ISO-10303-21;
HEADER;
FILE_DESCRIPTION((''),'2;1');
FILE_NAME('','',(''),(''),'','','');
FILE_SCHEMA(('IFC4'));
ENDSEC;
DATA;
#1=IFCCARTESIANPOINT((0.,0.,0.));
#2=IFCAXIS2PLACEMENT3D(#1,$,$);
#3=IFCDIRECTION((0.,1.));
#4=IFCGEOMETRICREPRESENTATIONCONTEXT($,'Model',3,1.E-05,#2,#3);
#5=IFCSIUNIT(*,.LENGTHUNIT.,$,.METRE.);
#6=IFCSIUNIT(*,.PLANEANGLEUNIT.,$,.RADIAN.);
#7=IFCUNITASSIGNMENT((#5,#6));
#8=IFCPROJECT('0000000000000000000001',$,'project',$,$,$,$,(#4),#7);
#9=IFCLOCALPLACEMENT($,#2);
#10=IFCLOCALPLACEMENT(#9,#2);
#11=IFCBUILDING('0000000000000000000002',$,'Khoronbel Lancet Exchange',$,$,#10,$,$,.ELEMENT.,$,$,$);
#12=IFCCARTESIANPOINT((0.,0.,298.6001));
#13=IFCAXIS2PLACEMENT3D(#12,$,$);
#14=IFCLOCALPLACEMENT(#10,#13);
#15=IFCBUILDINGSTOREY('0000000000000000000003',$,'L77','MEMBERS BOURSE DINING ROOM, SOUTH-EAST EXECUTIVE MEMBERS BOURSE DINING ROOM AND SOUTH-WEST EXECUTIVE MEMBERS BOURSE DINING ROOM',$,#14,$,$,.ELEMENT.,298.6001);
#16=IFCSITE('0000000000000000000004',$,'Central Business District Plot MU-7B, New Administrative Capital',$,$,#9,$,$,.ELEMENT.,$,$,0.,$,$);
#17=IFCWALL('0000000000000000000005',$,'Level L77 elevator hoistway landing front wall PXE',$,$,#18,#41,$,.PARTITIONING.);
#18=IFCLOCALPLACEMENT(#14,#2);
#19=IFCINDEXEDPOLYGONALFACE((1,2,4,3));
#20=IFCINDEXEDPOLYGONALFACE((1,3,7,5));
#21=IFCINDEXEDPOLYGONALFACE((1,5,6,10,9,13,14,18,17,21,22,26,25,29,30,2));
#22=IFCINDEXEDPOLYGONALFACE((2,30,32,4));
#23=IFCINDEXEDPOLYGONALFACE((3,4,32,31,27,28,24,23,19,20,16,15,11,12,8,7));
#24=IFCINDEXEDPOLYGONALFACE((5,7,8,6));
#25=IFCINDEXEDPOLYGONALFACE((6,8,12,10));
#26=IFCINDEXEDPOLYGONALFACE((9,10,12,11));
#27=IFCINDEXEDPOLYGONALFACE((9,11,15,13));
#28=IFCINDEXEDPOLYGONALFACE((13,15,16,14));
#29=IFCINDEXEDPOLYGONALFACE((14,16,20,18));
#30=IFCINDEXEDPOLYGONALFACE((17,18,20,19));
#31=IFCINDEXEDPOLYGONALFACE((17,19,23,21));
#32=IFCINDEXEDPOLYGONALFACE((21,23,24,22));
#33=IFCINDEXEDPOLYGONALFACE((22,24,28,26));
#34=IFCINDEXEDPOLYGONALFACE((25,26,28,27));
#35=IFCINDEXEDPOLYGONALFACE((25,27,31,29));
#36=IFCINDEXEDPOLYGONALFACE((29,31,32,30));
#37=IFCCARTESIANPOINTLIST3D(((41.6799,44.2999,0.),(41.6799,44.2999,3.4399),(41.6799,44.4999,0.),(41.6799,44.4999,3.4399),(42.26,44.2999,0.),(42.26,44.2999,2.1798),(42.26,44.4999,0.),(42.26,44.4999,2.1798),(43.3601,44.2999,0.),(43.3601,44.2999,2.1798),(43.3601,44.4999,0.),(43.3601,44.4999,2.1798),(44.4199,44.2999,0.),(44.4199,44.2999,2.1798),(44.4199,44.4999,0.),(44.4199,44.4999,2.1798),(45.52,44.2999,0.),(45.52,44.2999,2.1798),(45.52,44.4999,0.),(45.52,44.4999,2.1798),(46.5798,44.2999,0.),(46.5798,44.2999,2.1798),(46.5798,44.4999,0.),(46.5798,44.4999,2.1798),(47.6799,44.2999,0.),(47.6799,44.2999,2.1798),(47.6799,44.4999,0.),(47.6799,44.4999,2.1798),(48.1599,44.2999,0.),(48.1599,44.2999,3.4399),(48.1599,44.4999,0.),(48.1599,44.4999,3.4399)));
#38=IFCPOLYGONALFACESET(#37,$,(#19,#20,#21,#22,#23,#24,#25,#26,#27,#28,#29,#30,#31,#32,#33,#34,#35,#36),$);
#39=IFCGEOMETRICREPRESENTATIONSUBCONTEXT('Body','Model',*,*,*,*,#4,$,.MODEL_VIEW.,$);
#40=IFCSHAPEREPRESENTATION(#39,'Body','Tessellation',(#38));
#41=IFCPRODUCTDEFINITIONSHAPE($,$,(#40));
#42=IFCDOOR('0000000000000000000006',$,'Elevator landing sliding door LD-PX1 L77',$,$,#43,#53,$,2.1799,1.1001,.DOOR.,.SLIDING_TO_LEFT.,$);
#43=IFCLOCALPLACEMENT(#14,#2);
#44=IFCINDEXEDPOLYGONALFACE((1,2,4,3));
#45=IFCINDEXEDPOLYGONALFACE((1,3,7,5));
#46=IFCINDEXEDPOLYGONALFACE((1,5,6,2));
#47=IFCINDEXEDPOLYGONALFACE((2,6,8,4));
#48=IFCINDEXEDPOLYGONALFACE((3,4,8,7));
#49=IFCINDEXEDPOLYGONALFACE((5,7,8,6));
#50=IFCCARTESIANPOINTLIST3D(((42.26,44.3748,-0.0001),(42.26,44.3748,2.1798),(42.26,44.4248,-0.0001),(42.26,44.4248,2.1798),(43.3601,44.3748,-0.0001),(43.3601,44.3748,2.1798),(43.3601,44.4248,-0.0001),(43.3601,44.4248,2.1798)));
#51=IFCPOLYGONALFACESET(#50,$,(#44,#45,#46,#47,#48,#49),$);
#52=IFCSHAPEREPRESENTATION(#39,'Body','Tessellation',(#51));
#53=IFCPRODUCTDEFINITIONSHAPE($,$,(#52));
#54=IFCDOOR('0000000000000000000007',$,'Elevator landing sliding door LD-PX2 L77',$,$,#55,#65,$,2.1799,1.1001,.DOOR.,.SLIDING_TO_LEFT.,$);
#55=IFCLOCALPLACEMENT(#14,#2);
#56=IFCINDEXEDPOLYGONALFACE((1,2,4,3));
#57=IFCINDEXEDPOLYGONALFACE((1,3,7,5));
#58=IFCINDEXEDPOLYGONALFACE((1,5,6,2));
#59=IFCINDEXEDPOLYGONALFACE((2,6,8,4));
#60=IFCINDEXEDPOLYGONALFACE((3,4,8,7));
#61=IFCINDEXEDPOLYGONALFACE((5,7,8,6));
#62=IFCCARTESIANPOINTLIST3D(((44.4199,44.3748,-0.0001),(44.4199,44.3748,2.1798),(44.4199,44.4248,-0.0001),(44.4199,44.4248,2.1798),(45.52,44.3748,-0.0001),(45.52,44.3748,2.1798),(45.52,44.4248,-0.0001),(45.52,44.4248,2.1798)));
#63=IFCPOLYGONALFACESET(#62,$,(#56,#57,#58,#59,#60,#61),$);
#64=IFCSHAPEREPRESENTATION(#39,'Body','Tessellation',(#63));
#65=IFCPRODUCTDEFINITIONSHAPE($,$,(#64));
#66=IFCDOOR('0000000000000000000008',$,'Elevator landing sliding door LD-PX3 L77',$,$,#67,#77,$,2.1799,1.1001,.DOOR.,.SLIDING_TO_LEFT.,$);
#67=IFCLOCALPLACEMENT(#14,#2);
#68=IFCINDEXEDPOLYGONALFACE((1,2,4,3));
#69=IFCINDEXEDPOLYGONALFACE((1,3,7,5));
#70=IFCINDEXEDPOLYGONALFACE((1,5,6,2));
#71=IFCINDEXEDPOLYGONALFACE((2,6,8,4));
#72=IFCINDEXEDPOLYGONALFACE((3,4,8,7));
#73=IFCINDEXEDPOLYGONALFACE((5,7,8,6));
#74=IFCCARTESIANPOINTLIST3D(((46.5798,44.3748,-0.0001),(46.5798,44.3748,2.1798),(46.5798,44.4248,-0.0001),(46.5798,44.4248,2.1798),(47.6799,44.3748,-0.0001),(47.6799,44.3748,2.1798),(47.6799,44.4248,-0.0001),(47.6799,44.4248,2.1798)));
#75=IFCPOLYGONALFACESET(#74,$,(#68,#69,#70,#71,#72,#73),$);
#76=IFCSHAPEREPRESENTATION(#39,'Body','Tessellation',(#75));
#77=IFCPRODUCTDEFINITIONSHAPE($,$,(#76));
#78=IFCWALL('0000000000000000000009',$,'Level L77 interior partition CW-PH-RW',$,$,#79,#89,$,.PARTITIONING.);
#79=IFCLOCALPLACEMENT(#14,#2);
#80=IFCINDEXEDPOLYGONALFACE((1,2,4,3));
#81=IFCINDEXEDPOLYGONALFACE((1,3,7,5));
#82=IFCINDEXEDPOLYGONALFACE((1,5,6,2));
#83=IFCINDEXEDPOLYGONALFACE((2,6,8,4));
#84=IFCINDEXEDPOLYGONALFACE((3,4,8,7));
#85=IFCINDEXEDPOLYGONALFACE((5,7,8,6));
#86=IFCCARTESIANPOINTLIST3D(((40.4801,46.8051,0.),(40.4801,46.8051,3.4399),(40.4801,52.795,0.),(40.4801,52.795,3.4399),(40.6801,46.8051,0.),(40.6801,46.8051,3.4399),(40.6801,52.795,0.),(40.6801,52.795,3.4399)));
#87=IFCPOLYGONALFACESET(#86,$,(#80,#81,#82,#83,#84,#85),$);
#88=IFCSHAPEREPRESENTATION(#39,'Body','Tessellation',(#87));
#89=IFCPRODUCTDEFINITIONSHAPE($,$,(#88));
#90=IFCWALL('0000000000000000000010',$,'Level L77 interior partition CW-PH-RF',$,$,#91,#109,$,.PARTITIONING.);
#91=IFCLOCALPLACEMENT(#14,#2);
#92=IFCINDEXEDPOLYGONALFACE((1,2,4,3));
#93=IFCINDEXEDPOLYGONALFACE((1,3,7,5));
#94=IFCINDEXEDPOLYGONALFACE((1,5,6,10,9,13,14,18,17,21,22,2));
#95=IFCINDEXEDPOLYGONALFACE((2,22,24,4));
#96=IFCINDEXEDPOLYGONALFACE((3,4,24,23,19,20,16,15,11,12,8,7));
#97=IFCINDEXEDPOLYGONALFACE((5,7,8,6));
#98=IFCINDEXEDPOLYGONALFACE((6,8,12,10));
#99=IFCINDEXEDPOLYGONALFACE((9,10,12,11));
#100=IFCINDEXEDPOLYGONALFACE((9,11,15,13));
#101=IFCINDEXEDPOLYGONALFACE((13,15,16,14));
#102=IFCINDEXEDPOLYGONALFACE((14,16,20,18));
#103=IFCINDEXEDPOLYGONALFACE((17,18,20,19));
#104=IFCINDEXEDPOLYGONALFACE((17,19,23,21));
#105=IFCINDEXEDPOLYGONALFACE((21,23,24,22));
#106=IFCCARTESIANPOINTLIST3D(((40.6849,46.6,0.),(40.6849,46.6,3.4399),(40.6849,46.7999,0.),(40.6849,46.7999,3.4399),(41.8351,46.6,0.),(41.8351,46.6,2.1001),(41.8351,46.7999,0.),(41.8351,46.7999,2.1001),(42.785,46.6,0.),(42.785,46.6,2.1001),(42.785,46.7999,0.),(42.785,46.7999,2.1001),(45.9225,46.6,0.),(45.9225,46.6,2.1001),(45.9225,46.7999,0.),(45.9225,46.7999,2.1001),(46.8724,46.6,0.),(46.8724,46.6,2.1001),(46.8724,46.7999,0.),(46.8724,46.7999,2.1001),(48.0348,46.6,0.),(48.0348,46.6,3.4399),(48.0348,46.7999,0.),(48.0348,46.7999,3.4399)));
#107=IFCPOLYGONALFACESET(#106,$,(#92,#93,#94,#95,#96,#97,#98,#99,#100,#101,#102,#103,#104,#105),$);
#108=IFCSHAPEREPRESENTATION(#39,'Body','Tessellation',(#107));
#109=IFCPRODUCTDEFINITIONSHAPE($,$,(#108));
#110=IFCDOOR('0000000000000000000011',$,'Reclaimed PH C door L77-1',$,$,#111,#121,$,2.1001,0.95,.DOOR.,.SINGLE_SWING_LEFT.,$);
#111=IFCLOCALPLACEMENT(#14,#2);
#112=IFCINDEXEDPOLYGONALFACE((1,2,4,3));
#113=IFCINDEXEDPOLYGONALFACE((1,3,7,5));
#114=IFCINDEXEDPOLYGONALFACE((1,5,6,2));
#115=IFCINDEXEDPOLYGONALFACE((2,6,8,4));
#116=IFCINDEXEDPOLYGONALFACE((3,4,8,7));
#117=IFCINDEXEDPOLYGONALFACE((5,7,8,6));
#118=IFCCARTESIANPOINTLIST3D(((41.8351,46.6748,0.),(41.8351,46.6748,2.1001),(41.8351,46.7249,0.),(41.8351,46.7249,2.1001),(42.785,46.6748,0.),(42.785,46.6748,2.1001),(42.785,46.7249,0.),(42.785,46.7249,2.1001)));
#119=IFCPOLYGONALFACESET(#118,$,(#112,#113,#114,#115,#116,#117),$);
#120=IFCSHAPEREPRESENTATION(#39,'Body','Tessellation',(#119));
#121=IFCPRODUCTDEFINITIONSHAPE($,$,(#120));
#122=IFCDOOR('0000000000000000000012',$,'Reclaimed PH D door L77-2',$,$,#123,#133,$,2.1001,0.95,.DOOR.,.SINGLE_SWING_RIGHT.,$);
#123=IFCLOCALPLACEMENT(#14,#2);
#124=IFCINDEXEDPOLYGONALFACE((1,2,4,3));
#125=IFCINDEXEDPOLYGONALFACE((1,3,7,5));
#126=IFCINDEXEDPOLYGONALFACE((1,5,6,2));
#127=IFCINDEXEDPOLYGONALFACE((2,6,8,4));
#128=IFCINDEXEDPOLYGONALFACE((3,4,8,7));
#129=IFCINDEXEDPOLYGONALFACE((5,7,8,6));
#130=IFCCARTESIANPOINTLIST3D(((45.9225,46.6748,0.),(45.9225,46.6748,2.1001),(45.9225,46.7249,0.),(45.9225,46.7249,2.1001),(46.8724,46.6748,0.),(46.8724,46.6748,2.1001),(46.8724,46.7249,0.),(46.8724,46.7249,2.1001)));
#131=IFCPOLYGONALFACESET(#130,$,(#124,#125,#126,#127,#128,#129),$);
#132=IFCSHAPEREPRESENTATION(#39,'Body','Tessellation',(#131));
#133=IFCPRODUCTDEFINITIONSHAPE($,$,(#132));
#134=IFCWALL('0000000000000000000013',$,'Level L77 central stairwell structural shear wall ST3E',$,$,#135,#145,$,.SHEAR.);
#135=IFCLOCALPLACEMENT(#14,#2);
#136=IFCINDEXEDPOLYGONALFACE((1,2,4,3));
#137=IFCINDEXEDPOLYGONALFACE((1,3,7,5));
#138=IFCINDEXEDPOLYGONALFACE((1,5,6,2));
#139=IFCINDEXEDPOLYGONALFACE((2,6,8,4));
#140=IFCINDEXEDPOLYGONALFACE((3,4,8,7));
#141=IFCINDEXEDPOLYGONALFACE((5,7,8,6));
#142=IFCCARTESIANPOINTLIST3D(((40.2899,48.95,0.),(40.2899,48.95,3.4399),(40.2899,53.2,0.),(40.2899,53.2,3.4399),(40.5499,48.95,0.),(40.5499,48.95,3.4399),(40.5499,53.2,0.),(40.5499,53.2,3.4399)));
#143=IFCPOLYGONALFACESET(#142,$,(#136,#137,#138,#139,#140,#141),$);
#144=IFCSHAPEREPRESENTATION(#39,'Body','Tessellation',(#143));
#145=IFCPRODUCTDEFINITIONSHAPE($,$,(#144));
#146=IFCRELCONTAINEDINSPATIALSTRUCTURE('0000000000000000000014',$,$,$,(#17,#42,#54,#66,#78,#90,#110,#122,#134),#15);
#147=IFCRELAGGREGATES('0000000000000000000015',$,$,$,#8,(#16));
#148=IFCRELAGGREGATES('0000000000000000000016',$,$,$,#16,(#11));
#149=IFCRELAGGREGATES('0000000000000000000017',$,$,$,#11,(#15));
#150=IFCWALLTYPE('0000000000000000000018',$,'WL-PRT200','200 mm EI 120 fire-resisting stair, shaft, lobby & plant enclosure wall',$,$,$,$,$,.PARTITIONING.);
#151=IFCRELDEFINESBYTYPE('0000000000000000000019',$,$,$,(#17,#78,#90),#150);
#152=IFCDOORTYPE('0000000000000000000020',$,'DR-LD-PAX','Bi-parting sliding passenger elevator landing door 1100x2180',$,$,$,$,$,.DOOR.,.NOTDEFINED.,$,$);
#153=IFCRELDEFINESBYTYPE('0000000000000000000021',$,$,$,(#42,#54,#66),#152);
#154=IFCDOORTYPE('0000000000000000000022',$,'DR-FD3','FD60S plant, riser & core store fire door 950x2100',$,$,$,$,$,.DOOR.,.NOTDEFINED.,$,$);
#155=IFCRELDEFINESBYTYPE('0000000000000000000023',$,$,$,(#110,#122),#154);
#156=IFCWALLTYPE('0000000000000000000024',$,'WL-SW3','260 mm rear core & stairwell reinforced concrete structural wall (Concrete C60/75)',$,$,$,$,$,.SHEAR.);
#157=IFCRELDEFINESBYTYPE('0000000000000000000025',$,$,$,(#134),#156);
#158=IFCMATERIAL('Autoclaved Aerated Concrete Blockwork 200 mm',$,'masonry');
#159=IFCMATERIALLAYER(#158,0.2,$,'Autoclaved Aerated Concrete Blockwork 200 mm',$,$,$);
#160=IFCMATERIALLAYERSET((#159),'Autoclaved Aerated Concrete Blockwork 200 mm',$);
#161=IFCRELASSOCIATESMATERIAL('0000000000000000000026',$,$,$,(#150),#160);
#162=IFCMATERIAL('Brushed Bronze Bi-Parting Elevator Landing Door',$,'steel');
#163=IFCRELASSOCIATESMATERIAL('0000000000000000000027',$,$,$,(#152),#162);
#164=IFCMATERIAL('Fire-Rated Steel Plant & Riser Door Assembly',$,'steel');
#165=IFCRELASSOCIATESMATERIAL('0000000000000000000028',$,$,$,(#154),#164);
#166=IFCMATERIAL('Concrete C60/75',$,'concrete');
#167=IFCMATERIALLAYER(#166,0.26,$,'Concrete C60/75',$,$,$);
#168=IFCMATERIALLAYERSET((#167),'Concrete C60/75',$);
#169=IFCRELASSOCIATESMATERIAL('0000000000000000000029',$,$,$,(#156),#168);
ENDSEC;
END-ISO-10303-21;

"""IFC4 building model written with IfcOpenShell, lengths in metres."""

from ifc_helpers import new_model, si_unit, direction, frame, frame_2d, origin, place, context, subcontext, project, spatial, rectangle, extrude, material, layer, layer_set, type_object, element, fill, save


model = new_model("IFC4")

# Units and contexts
model_context = context("Model", 3, precision=1e-05, world=origin(), true_north=direction((0.0, 1.0)))
body_context = subcontext(model_context, "Body", "Model", "MODEL_VIEW")
ifc_project = project(units=[si_unit("LENGTHUNIT", "METRE"), si_unit("PLANEANGLEUNIT", "RADIAN")], contexts=[model_context])

# Site, building, storey
site_placement = place(None, origin())
site = spatial("IfcSite", under=ifc_project, at=site_placement, Name="Central Business District Plot MU-7B, New Administrative Capital", CompositionType="ELEMENT", RefElevation=0.0)
building_placement = place(site_placement, origin())
building = spatial("IfcBuilding", under=site, at=building_placement, Name="Khoronbel Lancet Exchange", CompositionType="ELEMENT")
storey_placement = place(building_placement, frame((0.0, 0.0, 298.6001)))
storey = spatial("IfcBuildingStorey", under=building, at=storey_placement, Name="L77", Description="MEMBERS BOURSE DINING ROOM, SOUTH-EAST EXECUTIVE MEMBERS BOURSE DINING ROOM AND SOUTH-WEST EXECUTIVE MEMBERS BOURSE DINING ROOM", CompositionType="ELEMENT", Elevation=298.6001)

# Shared definitions
ifc_material_1 = material(Name="Concrete C60/75", Category="concrete")

# Wall, openings, doors
ifc_material_2 = material(Name="Autoclaved Aerated Concrete Blockwork 200 mm", Category="masonry")
ifc_layer_1 = layer(ifc_material_2, 0.2, Name="Autoclaved Aerated Concrete Blockwork 200 mm")
ifc_layer_set_1 = layer_set([ifc_layer_1], Name="Autoclaved Aerated Concrete Blockwork 200 mm")
wall_type_1 = type_object("IfcWallType", Name="WL-PRT200", Description="200 mm EI 120 fire-resisting stair, shaft, lobby & plant enclosure wall", PredefinedType="PARTITIONING", material=ifc_layer_set_1)
wall_1_placement = place(storey_placement, frame((41.6799, 44.3999, 0.0), z_axis=(0.0, 0.0, 1.0), x_axis=(1.0, 0.0, 0.0)))
wall_1 = element("IfcWall", 1, at=wall_1_placement, inside=storey, type_object=wall_type_1, Name="Level L77 elevator hoistway landing front wall PXE", PredefinedType="PARTITIONING", context=body_context, shape_type="SweptSolid", body=[
    extrude(rectangle(XDim=6.48, YDim=0.2, at=frame_2d((3.24, 0.0))), origin(), (0.0, 0.0, 1.0), 3.4399),
])
opening_1_placement = place(wall_1_placement, frame((0.5801, 0.0, 0.0)))
opening_1 = element("IfcOpeningElement", 2, at=opening_1_placement, cuts=wall_1, PredefinedType="OPENING", context=body_context, shape_type="SweptSolid", body=[
    extrude(rectangle(XDim=1.1001, YDim=2.1799, at=frame_2d((0.55, 1.0898))), frame((0.0, 0.1099, 0.0), z_axis=(0.0, -1.0, 0.0), x_axis=(1.0, 0.0, 0.0)), (0.0, 0.0, 1.0), 0.22),
])
opening_2_placement = place(wall_1_placement, frame((2.74, 0.0, 0.0)))
opening_2 = element("IfcOpeningElement", 3, at=opening_2_placement, cuts=wall_1, PredefinedType="OPENING", context=body_context, shape_type="SweptSolid", body=[
    extrude(rectangle(XDim=1.1001, YDim=2.1799, at=frame_2d((0.55, 1.0898))), frame((0.0, 0.1099, 0.0), z_axis=(0.0, -1.0, 0.0), x_axis=(1.0, 0.0, 0.0)), (0.0, 0.0, 1.0), 0.22),
])
opening_3_placement = place(wall_1_placement, frame((4.8999, 0.0, 0.0)))
opening_3 = element("IfcOpeningElement", 4, at=opening_3_placement, cuts=wall_1, PredefinedType="OPENING", context=body_context, shape_type="SweptSolid", body=[
    extrude(rectangle(XDim=1.1001, YDim=2.1799, at=frame_2d((0.55, 1.0898))), frame((0.0, 0.1099, 0.0), z_axis=(0.0, -1.0, 0.0), x_axis=(1.0, 0.0, 0.0)), (0.0, 0.0, 1.0), 0.22),
])
ifc_material_3 = material(Name="Brushed Bronze Bi-Parting Elevator Landing Door", Category="steel")
door_type_1 = type_object("IfcDoorType", Name="DR-LD-PAX", Description="Bi-parting sliding passenger elevator landing door 1100x2180", OperationType="NOTDEFINED", PredefinedType="DOOR", material=ifc_material_3)
door_1_placement = place(opening_1_placement, origin())
door_1 = element("IfcDoor", 5, at=door_1_placement, inside=storey, type_object=door_type_1, Name="Elevator landing sliding door LD-PX1 L77", OperationType="SLIDING_TO_LEFT", OverallHeight=2.1799, OverallWidth=1.1001, PredefinedType="DOOR", context=body_context, shape_type="SweptSolid", body=[
    extrude(rectangle(XDim=1.1001, YDim=2.1799, at=frame_2d((0.55, 1.0898))), frame((0.0, 0.0249, 0.0), z_axis=(0.0, -1.0, 0.0), x_axis=(1.0, 0.0, 0.0)), (0.0, 0.0, 1.0), 0.05),
])
fill(opening_1, door_1)
door_2_placement = place(opening_2_placement, origin())
door_2 = element("IfcDoor", 6, at=door_2_placement, inside=storey, type_object=door_type_1, Name="Elevator landing sliding door LD-PX2 L77", OperationType="SLIDING_TO_LEFT", OverallHeight=2.1799, OverallWidth=1.1001, PredefinedType="DOOR", context=body_context, shape_type="SweptSolid", body=[
    extrude(rectangle(XDim=1.1001, YDim=2.1799, at=frame_2d((0.55, 1.0898))), frame((0.0, 0.0249, 0.0), z_axis=(0.0, -1.0, 0.0), x_axis=(1.0, 0.0, 0.0)), (0.0, 0.0, 1.0), 0.05),
])
fill(opening_2, door_2)
door_3_placement = place(opening_3_placement, origin())
door_3 = element("IfcDoor", 7, at=door_3_placement, inside=storey, type_object=door_type_1, Name="Elevator landing sliding door LD-PX3 L77", OperationType="SLIDING_TO_LEFT", OverallHeight=2.1799, OverallWidth=1.1001, PredefinedType="DOOR", context=body_context, shape_type="SweptSolid", body=[
    extrude(rectangle(XDim=1.1001, YDim=2.1799, at=frame_2d((0.55, 1.0898))), frame((0.0, 0.0249, 0.0), z_axis=(0.0, -1.0, 0.0), x_axis=(1.0, 0.0, 0.0)), (0.0, 0.0, 1.0), 0.05),
])
fill(opening_3, door_3)

# Wall
wall_2_placement = place(storey_placement, frame((40.5801, 46.8049, 0.0), z_axis=(0.0, 0.0, 1.0), x_axis=(0.0, 1.0, 0.0)))
element("IfcWall", 8, at=wall_2_placement, inside=storey, type_object=wall_type_1, Name="Level L77 interior partition CW-PH-RW", PredefinedType="PARTITIONING", context=body_context, shape_type="SweptSolid", body=[
    extrude(rectangle(XDim=5.99, YDim=0.2, at=frame_2d((2.9951, 0.0))), origin(), (0.0, 0.0, 1.0), 3.4399),
])

# Wall, openings, doors
wall_3_placement = place(storey_placement, frame((40.6851, 46.7, 0.0), z_axis=(0.0, 0.0, 1.0), x_axis=(1.0, 0.0, 0.0)))
wall_3 = element("IfcWall", 9, at=wall_3_placement, inside=storey, type_object=wall_type_1, Name="Level L77 interior partition CW-PH-RF", PredefinedType="PARTITIONING", context=body_context, shape_type="SweptSolid", body=[
    extrude(rectangle(XDim=7.3499, YDim=0.2, at=frame_2d((3.6748, 0.0))), origin(), (0.0, 0.0, 1.0), 3.4399),
])
opening_4_placement = place(wall_3_placement, frame((1.1499, 0.0, 0.0)))
opening_4 = element("IfcOpeningElement", 10, at=opening_4_placement, cuts=wall_3, PredefinedType="OPENING", context=body_context, shape_type="SweptSolid", body=[
    extrude(rectangle(XDim=0.95, YDim=2.1001, at=frame_2d((0.4751, 1.05))), frame((0.0, 0.1099, 0.0), z_axis=(0.0, -1.0, 0.0), x_axis=(1.0, 0.0, 0.0)), (0.0, 0.0, 1.0), 0.22),
])
opening_5_placement = place(wall_3_placement, frame((5.2373, 0.0, 0.0)))
opening_5 = element("IfcOpeningElement", 11, at=opening_5_placement, cuts=wall_3, PredefinedType="OPENING", context=body_context, shape_type="SweptSolid", body=[
    extrude(rectangle(XDim=0.95, YDim=2.1001, at=frame_2d((0.4751, 1.05))), frame((0.0, 0.1099, 0.0), z_axis=(0.0, -1.0, 0.0), x_axis=(1.0, 0.0, 0.0)), (0.0, 0.0, 1.0), 0.22),
])
ifc_material_4 = material(Name="Fire-Rated Steel Plant & Riser Door Assembly", Category="steel")
door_type_2 = type_object("IfcDoorType", Name="DR-FD3", Description="FD60S plant, riser & core store fire door 950x2100", OperationType="NOTDEFINED", PredefinedType="DOOR", material=ifc_material_4)
door_4_placement = place(opening_4_placement, origin())
door_4 = element("IfcDoor", 12, at=door_4_placement, inside=storey, type_object=door_type_2, Name="Reclaimed PH C door L77-1", OperationType="SINGLE_SWING_LEFT", OverallHeight=2.1001, OverallWidth=0.95, PredefinedType="DOOR", context=body_context, shape_type="SweptSolid", body=[
    extrude(rectangle(XDim=0.95, YDim=2.1001, at=frame_2d((0.4751, 1.05))), frame((0.0, 0.0249, 0.0), z_axis=(0.0, -1.0, 0.0), x_axis=(1.0, 0.0, 0.0)), (0.0, 0.0, 1.0), 0.05),
])
fill(opening_4, door_4)
door_5_placement = place(opening_5_placement, origin())
door_5 = element("IfcDoor", 13, at=door_5_placement, inside=storey, type_object=door_type_2, Name="Reclaimed PH D door L77-2", OperationType="SINGLE_SWING_RIGHT", OverallHeight=2.1001, OverallWidth=0.95, PredefinedType="DOOR", context=body_context, shape_type="SweptSolid", body=[
    extrude(rectangle(XDim=0.95, YDim=2.1001, at=frame_2d((0.4751, 1.05))), frame((0.0, 0.0249, 0.0), z_axis=(0.0, -1.0, 0.0), x_axis=(1.0, 0.0, 0.0)), (0.0, 0.0, 1.0), 0.05),
])
fill(opening_5, door_5)

# Wall
ifc_layer_2 = layer(ifc_material_1, 0.26, Name="Concrete C60/75")
ifc_layer_set_2 = layer_set([ifc_layer_2], Name="Concrete C60/75")
wall_type_2 = type_object("IfcWallType", Name="WL-SW3", Description="260 mm rear core & stairwell reinforced concrete structural wall (Concrete C60/75)", PredefinedType="SHEAR", material=ifc_layer_set_2)
wall_4_placement = place(storey_placement, frame((40.4199, 48.95, 0.0), z_axis=(0.0, 0.0, 1.0), x_axis=(0.0, 1.0, 0.0)))
element("IfcWall", 14, at=wall_4_placement, inside=storey, type_object=wall_type_2, Name="Level L77 central stairwell structural shear wall ST3E", PredefinedType="SHEAR", context=body_context, shape_type="SweptSolid", body=[
    extrude(rectangle(XDim=4.25, YDim=0.26, at=frame_2d((2.125, 0.0))), origin(), (0.0, 0.0, 1.0), 3.4399),
])

save(model, "model.ifc")
